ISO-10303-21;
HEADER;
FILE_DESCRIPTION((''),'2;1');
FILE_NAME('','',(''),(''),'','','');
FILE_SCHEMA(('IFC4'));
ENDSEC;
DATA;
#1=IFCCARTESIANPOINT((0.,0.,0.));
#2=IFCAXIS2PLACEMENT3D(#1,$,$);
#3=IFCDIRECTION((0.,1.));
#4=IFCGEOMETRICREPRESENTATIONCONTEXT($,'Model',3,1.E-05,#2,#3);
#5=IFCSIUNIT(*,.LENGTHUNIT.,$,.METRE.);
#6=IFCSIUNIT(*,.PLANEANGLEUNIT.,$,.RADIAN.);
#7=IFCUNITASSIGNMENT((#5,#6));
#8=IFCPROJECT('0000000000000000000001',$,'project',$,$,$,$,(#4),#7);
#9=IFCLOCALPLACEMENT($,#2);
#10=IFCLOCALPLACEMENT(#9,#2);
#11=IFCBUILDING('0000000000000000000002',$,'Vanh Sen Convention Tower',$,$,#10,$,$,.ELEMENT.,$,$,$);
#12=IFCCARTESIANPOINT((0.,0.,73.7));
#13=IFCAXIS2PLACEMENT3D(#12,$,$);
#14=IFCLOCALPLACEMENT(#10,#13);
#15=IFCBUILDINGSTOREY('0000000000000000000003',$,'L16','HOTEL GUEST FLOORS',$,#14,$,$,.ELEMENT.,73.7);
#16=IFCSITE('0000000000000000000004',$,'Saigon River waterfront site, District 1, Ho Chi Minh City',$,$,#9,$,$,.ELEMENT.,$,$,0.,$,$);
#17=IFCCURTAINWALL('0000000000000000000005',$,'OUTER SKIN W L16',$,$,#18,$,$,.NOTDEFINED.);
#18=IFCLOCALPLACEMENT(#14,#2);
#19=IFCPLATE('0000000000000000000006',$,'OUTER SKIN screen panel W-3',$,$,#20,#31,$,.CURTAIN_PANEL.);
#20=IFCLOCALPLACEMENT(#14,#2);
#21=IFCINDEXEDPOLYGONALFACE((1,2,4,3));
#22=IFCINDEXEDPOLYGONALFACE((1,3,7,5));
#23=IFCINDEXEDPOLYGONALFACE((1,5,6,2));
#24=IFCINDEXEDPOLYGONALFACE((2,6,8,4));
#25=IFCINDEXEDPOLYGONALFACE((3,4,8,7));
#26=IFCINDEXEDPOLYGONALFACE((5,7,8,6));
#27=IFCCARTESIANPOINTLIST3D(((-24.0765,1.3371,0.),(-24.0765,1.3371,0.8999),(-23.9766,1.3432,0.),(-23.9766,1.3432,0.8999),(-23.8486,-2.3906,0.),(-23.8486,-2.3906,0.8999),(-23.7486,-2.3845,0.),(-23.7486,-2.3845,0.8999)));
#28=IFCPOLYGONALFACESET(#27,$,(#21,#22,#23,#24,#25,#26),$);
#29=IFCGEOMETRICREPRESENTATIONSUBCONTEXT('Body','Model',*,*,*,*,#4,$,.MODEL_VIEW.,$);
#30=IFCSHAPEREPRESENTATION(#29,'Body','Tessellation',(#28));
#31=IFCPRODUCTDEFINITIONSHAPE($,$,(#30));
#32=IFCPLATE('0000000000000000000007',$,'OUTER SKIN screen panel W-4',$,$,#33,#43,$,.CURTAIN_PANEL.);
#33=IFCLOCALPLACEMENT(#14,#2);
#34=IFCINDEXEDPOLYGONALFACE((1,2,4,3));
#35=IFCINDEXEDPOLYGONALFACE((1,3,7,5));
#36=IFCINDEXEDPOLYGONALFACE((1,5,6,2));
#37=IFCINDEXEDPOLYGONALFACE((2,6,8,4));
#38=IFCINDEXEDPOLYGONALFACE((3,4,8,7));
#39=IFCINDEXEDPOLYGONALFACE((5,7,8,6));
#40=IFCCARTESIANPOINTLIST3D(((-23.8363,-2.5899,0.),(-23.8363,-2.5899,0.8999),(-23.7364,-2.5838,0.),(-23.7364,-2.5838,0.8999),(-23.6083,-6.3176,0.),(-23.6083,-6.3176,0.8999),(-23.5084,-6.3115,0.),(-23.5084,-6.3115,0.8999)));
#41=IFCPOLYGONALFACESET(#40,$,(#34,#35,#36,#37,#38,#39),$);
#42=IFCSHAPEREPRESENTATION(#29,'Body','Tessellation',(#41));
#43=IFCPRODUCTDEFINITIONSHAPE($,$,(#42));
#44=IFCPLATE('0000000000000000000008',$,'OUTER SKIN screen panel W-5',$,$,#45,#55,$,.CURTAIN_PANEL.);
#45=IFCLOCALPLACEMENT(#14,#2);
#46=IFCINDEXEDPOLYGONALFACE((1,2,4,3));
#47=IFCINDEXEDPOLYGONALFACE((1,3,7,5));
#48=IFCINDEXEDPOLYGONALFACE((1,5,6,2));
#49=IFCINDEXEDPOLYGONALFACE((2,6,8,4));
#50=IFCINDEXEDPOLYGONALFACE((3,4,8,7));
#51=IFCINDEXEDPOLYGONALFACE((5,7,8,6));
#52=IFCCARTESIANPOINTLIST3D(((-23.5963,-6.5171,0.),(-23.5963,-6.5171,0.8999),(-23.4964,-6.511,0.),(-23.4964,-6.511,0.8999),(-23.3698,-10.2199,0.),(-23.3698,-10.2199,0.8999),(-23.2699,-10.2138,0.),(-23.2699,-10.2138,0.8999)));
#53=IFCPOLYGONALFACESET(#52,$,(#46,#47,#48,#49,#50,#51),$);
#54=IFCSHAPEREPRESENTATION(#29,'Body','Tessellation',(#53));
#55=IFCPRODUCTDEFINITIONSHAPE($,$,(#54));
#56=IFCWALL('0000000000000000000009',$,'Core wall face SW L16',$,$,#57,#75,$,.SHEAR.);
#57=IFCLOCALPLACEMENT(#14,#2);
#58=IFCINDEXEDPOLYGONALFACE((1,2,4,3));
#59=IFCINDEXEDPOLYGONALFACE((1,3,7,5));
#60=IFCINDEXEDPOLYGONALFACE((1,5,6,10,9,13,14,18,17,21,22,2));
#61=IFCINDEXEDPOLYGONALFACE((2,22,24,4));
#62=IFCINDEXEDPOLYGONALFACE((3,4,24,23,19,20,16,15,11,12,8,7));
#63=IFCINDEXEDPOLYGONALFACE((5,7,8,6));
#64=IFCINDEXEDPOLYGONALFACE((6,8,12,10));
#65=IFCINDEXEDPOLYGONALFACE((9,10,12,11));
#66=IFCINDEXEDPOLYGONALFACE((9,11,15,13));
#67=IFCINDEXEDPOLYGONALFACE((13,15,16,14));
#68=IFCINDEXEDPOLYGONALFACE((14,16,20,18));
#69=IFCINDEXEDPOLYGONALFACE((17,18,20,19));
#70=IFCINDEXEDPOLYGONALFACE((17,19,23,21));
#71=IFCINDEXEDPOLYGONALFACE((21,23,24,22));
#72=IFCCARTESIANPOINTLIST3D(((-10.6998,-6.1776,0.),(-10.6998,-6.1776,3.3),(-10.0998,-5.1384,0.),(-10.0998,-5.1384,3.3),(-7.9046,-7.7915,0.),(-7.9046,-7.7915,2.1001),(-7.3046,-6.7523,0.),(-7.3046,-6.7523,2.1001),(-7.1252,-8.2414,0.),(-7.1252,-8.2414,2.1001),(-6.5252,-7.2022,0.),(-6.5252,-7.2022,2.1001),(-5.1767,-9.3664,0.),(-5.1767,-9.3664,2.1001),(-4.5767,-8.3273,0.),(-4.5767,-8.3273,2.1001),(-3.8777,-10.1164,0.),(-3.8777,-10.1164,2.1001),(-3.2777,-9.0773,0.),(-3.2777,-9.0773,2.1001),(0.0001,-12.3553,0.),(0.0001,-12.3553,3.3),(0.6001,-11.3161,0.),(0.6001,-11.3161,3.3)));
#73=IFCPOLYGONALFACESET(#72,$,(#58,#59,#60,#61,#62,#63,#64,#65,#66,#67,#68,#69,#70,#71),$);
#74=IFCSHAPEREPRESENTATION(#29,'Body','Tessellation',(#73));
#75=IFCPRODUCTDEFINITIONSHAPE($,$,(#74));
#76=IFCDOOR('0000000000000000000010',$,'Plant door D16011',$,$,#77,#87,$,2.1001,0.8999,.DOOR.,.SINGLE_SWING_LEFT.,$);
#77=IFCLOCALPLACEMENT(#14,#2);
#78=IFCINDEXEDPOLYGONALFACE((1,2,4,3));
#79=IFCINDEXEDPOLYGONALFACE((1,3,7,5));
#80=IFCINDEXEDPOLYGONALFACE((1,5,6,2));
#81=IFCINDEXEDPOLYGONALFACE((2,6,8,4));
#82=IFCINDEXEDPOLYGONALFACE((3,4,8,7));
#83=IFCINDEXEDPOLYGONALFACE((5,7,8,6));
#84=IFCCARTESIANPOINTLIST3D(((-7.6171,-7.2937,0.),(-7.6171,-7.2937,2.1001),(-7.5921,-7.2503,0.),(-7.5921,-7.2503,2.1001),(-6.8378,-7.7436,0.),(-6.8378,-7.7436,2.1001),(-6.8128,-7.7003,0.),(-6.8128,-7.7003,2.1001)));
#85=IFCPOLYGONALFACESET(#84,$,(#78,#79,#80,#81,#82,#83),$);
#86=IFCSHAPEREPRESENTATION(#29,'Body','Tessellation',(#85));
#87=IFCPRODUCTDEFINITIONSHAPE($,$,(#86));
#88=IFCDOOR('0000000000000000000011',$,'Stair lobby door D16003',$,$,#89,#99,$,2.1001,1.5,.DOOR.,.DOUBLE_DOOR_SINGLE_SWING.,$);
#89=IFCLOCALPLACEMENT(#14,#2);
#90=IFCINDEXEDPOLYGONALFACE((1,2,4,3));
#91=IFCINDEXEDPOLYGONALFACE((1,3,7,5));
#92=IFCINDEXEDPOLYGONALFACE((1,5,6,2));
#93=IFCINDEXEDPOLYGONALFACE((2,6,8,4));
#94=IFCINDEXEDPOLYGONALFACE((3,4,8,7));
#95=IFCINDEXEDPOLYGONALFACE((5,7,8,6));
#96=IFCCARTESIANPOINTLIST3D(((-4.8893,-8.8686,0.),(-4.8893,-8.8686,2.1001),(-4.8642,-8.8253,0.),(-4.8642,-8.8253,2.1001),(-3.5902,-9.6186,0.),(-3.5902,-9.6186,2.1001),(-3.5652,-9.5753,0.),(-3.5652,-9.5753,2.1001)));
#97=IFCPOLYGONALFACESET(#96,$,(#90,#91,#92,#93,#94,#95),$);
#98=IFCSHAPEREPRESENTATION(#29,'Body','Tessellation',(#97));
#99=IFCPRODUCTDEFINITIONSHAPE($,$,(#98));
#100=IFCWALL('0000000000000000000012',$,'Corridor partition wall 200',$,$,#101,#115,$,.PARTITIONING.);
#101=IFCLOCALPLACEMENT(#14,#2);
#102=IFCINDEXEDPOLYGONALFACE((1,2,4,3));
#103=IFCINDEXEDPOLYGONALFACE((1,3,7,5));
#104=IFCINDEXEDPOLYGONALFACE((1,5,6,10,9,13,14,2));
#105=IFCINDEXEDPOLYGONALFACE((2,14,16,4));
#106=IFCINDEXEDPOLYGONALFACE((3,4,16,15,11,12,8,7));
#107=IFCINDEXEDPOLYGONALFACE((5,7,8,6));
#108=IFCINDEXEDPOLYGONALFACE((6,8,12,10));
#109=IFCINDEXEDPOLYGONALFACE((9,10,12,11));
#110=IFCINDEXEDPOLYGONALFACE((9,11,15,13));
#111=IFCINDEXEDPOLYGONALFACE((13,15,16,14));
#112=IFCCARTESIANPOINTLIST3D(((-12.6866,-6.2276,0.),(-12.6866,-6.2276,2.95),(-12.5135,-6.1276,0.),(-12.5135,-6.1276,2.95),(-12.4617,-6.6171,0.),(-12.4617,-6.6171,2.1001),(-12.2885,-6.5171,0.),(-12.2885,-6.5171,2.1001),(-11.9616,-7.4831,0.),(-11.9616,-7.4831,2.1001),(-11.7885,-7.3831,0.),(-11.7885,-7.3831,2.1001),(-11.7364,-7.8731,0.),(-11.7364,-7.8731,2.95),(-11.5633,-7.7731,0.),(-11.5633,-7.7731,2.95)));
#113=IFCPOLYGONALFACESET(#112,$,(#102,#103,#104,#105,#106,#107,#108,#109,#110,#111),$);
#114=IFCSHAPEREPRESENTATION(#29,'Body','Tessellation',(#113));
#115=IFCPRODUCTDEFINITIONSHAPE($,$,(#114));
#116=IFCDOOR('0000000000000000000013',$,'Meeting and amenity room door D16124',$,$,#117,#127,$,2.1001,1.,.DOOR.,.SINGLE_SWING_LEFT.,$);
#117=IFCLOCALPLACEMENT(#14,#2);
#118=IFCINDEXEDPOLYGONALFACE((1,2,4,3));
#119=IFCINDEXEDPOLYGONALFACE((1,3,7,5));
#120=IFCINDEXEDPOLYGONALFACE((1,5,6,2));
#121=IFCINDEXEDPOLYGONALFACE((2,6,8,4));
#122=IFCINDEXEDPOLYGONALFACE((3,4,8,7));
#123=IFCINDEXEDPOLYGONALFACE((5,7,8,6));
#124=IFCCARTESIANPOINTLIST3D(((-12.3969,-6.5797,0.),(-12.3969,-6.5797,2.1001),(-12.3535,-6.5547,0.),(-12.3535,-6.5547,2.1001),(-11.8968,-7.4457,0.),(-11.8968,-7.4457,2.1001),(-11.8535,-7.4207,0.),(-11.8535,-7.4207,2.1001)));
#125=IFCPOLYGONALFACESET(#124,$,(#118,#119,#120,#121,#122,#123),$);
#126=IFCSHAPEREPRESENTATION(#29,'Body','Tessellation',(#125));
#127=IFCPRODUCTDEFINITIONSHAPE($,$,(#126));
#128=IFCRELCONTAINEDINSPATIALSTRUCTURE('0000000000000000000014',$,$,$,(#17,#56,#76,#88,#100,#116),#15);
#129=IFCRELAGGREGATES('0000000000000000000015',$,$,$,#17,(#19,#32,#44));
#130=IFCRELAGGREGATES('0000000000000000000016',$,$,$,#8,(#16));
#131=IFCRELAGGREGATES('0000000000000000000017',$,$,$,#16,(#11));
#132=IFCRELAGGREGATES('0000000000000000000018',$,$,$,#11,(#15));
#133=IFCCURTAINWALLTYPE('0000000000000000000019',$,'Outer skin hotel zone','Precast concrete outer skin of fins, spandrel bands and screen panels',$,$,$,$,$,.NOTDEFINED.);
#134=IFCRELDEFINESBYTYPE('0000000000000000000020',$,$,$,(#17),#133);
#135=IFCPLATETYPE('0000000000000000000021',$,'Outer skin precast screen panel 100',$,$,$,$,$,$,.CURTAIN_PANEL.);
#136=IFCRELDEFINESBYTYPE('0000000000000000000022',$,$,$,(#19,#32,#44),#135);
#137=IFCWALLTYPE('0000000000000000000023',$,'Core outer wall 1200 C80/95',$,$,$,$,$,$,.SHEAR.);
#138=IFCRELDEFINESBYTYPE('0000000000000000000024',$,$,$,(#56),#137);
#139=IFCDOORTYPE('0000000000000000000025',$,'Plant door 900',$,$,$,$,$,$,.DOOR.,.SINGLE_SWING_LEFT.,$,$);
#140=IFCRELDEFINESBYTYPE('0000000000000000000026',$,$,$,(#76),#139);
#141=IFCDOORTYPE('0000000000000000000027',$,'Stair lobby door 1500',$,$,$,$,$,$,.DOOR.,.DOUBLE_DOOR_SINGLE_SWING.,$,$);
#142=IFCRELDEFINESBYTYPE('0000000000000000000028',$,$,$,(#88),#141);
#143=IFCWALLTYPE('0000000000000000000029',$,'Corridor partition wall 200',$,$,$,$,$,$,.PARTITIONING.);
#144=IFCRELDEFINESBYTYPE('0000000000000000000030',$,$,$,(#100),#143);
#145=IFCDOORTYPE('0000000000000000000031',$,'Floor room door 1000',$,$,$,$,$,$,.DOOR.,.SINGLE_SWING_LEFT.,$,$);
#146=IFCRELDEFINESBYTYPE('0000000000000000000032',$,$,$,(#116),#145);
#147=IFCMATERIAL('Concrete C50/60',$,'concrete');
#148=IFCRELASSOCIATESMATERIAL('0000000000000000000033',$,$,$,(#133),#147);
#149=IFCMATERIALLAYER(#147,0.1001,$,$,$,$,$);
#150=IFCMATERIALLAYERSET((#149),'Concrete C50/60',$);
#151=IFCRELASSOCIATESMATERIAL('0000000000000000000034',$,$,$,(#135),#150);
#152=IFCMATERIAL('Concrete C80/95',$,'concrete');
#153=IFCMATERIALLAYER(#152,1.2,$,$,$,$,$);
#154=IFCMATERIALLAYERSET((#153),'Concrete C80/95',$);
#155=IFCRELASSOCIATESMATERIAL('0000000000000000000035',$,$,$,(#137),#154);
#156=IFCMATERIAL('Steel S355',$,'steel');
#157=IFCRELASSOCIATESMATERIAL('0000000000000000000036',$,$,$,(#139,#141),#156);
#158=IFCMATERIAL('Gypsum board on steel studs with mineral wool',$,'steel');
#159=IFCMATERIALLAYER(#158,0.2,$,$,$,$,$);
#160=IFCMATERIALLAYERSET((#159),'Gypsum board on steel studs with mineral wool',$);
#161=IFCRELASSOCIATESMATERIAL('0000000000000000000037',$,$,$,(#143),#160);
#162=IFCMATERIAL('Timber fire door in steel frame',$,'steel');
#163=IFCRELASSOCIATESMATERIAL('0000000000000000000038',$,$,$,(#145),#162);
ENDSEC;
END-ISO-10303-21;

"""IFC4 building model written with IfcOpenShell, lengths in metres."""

from ifc_helpers import new_model, si_unit, direction, frame, frame_2d, origin, origin_2d, place, context, subcontext, project, spatial, rectangle, extrude, material, layer, layer_set, type_object, element, fill, aggregate, save


model = new_model("IFC4")

# Units and contexts
model_context = context("Model", 3, precision=1e-05, world=origin(), true_north=direction((0.0, 1.0)))
body_context = subcontext(model_context, "Body", "Model", "MODEL_VIEW")
ifc_project = project(units=[si_unit("LENGTHUNIT", "METRE"), si_unit("PLANEANGLEUNIT", "RADIAN")], contexts=[model_context])

# Site, building, storey
site_placement = place(None, origin())
site = spatial("IfcSite", under=ifc_project, at=site_placement, Name="Saigon River waterfront site, District 1, Ho Chi Minh City", CompositionType="ELEMENT", RefElevation=0.0)
building_placement = place(site_placement, origin())
building = spatial("IfcBuilding", under=site, at=building_placement, Name="Vanh Sen Convention Tower", CompositionType="ELEMENT")
storey_placement = place(building_placement, frame((0.0, 0.0, 73.7)))
storey = spatial("IfcBuildingStorey", under=building, at=storey_placement, Name="L16", Description="HOTEL GUEST FLOORS", CompositionType="ELEMENT", Elevation=73.7)

# Shared definitions
ifc_material_1 = material(Name="Concrete C80/95", Category="concrete")

# Curtain wall
ifc_material_2 = material(Name="Concrete C50/60", Category="concrete")
curtain_wall_type = type_object("IfcCurtainWallType", Name="Outer skin hotel zone", Description="Precast concrete outer skin of fins, spandrel bands and screen panels", PredefinedType="NOTDEFINED", material=ifc_material_2)
curtain_wall_1_placement = place(storey_placement, origin())
curtain_wall_1 = element("IfcCurtainWall", 1, at=curtain_wall_1_placement, inside=storey, type_object=curtain_wall_type, Name="OUTER SKIN W L16", PredefinedType="NOTDEFINED")

# Plates
ifc_layer_1 = layer(ifc_material_2, 0.1001)
ifc_layer_set_1 = layer_set([ifc_layer_1], Name="Concrete C50/60")
plate_type = type_object("IfcPlateType", Name="Outer skin precast screen panel 100", PredefinedType="CURTAIN_PANEL", material=ifc_layer_set_1)
plate_1_placement = place(storey_placement, frame((-23.9126, -0.5237, 0.0), z_axis=(0.0, 0.0, 1.0), x_axis=(0.061047, -0.998135, 0.0)))
plate_1 = element("IfcPlate", 2, at=plate_1_placement, type_object=plate_type, Name="OUTER SKIN screen panel W-3", PredefinedType="CURTAIN_PANEL", context=body_context, shape_type="SweptSolid", body=[
    extrude(rectangle(XDim=3.7346, YDim=0.1001, at=origin_2d()), origin(), (0.0, 0.0, 1.0), 0.8999),
])
plate_2_placement = place(storey_placement, frame((-23.6724, -4.4507, 0.0), z_axis=(0.0, 0.0, 1.0), x_axis=(0.061049, -0.998135, 0.0)))
plate_2 = element("IfcPlate", 3, at=plate_2_placement, type_object=plate_type, Name="OUTER SKIN screen panel W-4", PredefinedType="CURTAIN_PANEL", context=body_context, shape_type="SweptSolid", body=[
    extrude(rectangle(XDim=3.7346, YDim=0.1001, at=origin_2d()), origin(), (0.0, 0.0, 1.0), 0.8999),
])
plate_3_placement = place(storey_placement, frame((-23.4331, -8.3655, 0.0), z_axis=(0.0, 0.0, 1.0), x_axis=(0.061047, -0.998135, 0.0)))
plate_3 = element("IfcPlate", 4, at=plate_3_placement, type_object=plate_type, Name="OUTER SKIN screen panel W-5", PredefinedType="CURTAIN_PANEL", context=body_context, shape_type="SweptSolid", body=[
    extrude(rectangle(XDim=3.7097, YDim=0.1001, at=origin_2d()), origin(), (0.0, 0.0, 1.0), 0.8999),
])
aggregate(curtain_wall_1, [plate_1, plate_2, plate_3])

# Wall, openings, doors
ifc_layer_2 = layer(ifc_material_1, 1.2)
ifc_layer_set_2 = layer_set([ifc_layer_2], Name="Concrete C80/95")
wall_type_1 = type_object("IfcWallType", Name="Core outer wall 1200 C80/95", PredefinedType="SHEAR", material=ifc_layer_set_2)
wall_1_placement = place(storey_placement, frame((-10.3999, -5.658, 0.0), z_axis=(0.0, 0.0, 1.0), x_axis=(0.866021, -0.500007, 0.0)))
wall_1 = element("IfcWall", 5, at=wall_1_placement, inside=storey, type_object=wall_type_1, Name="Core wall face SW L16", PredefinedType="SHEAR", context=body_context, shape_type="SweptSolid", body=[
    extrude(rectangle(XDim=12.3552, YDim=1.2, at=frame_2d((6.1777, 0.0))), origin(), (0.0, 0.0, 1.0), 3.3),
])
opening_1_placement = place(wall_1_placement, frame((6.3777, 0.0, 0.0)))
opening_1 = element("IfcOpeningElement", 6, at=opening_1_placement, cuts=wall_1, PredefinedType="OPENING", context=body_context, shape_type="SweptSolid", body=[
    extrude(rectangle(XDim=1.5, YDim=2.1001, at=frame_2d((0.75, 1.05))), frame((0.0, 0.6099, 0.0), z_axis=(0.0, -1.0, 0.0), x_axis=(1.0, 0.0, 0.0)), (0.0, 0.0, 1.0), 1.22),
])
opening_2_placement = place(wall_1_placement, frame((3.2278, 0.0, 0.0)))
opening_2 = element("IfcOpeningElement", 7, at=opening_2_placement, cuts=wall_1, PredefinedType="OPENING", context=body_context, shape_type="SweptSolid", body=[
    extrude(rectangle(XDim=0.8999, YDim=2.1001, at=frame_2d((0.45, 1.05))), frame((0.0, 0.6099, 0.0), z_axis=(0.0, -1.0, 0.0), x_axis=(1.0, 0.0, 0.0)), (0.0, 0.0, 1.0), 1.22),
])
ifc_material_3 = material(Name="Steel S355", Category="steel")
door_type_1 = type_object("IfcDoorType", Name="Plant door 900", OperationType="SINGLE_SWING_LEFT", PredefinedType="DOOR", material=ifc_material_3)
door_1_placement = place(opening_2_placement, origin())
door_1 = element("IfcDoor", 8, at=door_1_placement, inside=storey, type_object=door_type_1, Name="Plant door D16011", OperationType="SINGLE_SWING_LEFT", OverallHeight=2.1001, OverallWidth=0.8999, PredefinedType="DOOR", context=body_context, shape_type="SweptSolid", body=[
    extrude(rectangle(XDim=0.8999, YDim=2.1001, at=frame_2d((0.45, 1.05))), frame((0.0, 0.0249, 0.0), z_axis=(0.0, -1.0, 0.0), x_axis=(1.0, 0.0, 0.0)), (0.0, 0.0, 1.0), 0.05),
])
fill(opening_2, door_1)
door_type_2 = type_object("IfcDoorType", Name="Stair lobby door 1500", OperationType="DOUBLE_DOOR_SINGLE_SWING", PredefinedType="DOOR", material=ifc_material_3)
door_2_placement = place(opening_1_placement, origin())
door_2 = element("IfcDoor", 9, at=door_2_placement, inside=storey, type_object=door_type_2, Name="Stair lobby door D16003", OperationType="DOUBLE_DOOR_SINGLE_SWING", OverallHeight=2.1001, OverallWidth=1.5, PredefinedType="DOOR", context=body_context, shape_type="SweptSolid", body=[
    extrude(rectangle(XDim=1.5, YDim=2.1001, at=frame_2d((0.75, 1.05))), frame((0.0, 0.0249, 0.0), z_axis=(0.0, -1.0, 0.0), x_axis=(1.0, 0.0, 0.0)), (0.0, 0.0, 1.0), 0.05),
])
fill(opening_1, door_2)

# Wall, opening, door
ifc_material_4 = material(Name="Gypsum board on steel studs with mineral wool", Category="steel")
ifc_layer_3 = layer(ifc_material_4, 0.2)
ifc_layer_set_3 = layer_set([ifc_layer_3], Name="Gypsum board on steel studs with mineral wool")
wall_type_2 = type_object("IfcWallType", Name="Corridor partition wall 200", PredefinedType="PARTITIONING", material=ifc_layer_set_3)
wall_2_placement = place(storey_placement, frame((-12.6001, -6.1775, 0.0), z_axis=(0.0, 0.0, 1.0), x_axis=(0.500064, -0.865989, 0.0)))
wall_2 = element("IfcWall", 10, at=wall_2_placement, inside=storey, type_object=wall_type_2, Name="Corridor partition wall 200", PredefinedType="PARTITIONING", context=body_context, shape_type="SweptSolid", body=[
    extrude(rectangle(XDim=1.9001, YDim=0.2, at=frame_2d((0.9502, 0.0))), origin(), (0.0, 0.0, 1.0), 2.95),
])
opening_3_placement = place(wall_2_placement, frame((0.45, 0.0, 0.0)))
opening_3 = element("IfcOpeningElement", 11, at=opening_3_placement, cuts=wall_2, PredefinedType="OPENING", context=body_context, shape_type="SweptSolid", body=[
    extrude(rectangle(XDim=1.0, YDim=2.1001, at=frame_2d((0.5, 1.05))), frame((0.0, 0.1099, 0.0), z_axis=(0.0, -1.0, 0.0), x_axis=(1.0, 0.0, 0.0)), (0.0, 0.0, 1.0), 0.22),
])
ifc_material_5 = material(Name="Timber fire door in steel frame", Category="steel")
door_type_3 = type_object("IfcDoorType", Name="Floor room door 1000", OperationType="SINGLE_SWING_LEFT", PredefinedType="DOOR", material=ifc_material_5)
door_3_placement = place(opening_3_placement, origin())
door_3 = element("IfcDoor", 12, at=door_3_placement, inside=storey, type_object=door_type_3, Name="Meeting and amenity room door D16124", OperationType="SINGLE_SWING_LEFT", OverallHeight=2.1001, OverallWidth=1.0, PredefinedType="DOOR", context=body_context, shape_type="SweptSolid", body=[
    extrude(rectangle(XDim=1.0, YDim=2.1001, at=frame_2d((0.5, 1.05))), frame((0.0, 0.0249, 0.0), z_axis=(0.0, -1.0, 0.0), x_axis=(1.0, 0.0, 0.0)), (0.0, 0.0, 1.0), 0.05),
])
fill(opening_3, door_3)

save(model, "model.ifc")
